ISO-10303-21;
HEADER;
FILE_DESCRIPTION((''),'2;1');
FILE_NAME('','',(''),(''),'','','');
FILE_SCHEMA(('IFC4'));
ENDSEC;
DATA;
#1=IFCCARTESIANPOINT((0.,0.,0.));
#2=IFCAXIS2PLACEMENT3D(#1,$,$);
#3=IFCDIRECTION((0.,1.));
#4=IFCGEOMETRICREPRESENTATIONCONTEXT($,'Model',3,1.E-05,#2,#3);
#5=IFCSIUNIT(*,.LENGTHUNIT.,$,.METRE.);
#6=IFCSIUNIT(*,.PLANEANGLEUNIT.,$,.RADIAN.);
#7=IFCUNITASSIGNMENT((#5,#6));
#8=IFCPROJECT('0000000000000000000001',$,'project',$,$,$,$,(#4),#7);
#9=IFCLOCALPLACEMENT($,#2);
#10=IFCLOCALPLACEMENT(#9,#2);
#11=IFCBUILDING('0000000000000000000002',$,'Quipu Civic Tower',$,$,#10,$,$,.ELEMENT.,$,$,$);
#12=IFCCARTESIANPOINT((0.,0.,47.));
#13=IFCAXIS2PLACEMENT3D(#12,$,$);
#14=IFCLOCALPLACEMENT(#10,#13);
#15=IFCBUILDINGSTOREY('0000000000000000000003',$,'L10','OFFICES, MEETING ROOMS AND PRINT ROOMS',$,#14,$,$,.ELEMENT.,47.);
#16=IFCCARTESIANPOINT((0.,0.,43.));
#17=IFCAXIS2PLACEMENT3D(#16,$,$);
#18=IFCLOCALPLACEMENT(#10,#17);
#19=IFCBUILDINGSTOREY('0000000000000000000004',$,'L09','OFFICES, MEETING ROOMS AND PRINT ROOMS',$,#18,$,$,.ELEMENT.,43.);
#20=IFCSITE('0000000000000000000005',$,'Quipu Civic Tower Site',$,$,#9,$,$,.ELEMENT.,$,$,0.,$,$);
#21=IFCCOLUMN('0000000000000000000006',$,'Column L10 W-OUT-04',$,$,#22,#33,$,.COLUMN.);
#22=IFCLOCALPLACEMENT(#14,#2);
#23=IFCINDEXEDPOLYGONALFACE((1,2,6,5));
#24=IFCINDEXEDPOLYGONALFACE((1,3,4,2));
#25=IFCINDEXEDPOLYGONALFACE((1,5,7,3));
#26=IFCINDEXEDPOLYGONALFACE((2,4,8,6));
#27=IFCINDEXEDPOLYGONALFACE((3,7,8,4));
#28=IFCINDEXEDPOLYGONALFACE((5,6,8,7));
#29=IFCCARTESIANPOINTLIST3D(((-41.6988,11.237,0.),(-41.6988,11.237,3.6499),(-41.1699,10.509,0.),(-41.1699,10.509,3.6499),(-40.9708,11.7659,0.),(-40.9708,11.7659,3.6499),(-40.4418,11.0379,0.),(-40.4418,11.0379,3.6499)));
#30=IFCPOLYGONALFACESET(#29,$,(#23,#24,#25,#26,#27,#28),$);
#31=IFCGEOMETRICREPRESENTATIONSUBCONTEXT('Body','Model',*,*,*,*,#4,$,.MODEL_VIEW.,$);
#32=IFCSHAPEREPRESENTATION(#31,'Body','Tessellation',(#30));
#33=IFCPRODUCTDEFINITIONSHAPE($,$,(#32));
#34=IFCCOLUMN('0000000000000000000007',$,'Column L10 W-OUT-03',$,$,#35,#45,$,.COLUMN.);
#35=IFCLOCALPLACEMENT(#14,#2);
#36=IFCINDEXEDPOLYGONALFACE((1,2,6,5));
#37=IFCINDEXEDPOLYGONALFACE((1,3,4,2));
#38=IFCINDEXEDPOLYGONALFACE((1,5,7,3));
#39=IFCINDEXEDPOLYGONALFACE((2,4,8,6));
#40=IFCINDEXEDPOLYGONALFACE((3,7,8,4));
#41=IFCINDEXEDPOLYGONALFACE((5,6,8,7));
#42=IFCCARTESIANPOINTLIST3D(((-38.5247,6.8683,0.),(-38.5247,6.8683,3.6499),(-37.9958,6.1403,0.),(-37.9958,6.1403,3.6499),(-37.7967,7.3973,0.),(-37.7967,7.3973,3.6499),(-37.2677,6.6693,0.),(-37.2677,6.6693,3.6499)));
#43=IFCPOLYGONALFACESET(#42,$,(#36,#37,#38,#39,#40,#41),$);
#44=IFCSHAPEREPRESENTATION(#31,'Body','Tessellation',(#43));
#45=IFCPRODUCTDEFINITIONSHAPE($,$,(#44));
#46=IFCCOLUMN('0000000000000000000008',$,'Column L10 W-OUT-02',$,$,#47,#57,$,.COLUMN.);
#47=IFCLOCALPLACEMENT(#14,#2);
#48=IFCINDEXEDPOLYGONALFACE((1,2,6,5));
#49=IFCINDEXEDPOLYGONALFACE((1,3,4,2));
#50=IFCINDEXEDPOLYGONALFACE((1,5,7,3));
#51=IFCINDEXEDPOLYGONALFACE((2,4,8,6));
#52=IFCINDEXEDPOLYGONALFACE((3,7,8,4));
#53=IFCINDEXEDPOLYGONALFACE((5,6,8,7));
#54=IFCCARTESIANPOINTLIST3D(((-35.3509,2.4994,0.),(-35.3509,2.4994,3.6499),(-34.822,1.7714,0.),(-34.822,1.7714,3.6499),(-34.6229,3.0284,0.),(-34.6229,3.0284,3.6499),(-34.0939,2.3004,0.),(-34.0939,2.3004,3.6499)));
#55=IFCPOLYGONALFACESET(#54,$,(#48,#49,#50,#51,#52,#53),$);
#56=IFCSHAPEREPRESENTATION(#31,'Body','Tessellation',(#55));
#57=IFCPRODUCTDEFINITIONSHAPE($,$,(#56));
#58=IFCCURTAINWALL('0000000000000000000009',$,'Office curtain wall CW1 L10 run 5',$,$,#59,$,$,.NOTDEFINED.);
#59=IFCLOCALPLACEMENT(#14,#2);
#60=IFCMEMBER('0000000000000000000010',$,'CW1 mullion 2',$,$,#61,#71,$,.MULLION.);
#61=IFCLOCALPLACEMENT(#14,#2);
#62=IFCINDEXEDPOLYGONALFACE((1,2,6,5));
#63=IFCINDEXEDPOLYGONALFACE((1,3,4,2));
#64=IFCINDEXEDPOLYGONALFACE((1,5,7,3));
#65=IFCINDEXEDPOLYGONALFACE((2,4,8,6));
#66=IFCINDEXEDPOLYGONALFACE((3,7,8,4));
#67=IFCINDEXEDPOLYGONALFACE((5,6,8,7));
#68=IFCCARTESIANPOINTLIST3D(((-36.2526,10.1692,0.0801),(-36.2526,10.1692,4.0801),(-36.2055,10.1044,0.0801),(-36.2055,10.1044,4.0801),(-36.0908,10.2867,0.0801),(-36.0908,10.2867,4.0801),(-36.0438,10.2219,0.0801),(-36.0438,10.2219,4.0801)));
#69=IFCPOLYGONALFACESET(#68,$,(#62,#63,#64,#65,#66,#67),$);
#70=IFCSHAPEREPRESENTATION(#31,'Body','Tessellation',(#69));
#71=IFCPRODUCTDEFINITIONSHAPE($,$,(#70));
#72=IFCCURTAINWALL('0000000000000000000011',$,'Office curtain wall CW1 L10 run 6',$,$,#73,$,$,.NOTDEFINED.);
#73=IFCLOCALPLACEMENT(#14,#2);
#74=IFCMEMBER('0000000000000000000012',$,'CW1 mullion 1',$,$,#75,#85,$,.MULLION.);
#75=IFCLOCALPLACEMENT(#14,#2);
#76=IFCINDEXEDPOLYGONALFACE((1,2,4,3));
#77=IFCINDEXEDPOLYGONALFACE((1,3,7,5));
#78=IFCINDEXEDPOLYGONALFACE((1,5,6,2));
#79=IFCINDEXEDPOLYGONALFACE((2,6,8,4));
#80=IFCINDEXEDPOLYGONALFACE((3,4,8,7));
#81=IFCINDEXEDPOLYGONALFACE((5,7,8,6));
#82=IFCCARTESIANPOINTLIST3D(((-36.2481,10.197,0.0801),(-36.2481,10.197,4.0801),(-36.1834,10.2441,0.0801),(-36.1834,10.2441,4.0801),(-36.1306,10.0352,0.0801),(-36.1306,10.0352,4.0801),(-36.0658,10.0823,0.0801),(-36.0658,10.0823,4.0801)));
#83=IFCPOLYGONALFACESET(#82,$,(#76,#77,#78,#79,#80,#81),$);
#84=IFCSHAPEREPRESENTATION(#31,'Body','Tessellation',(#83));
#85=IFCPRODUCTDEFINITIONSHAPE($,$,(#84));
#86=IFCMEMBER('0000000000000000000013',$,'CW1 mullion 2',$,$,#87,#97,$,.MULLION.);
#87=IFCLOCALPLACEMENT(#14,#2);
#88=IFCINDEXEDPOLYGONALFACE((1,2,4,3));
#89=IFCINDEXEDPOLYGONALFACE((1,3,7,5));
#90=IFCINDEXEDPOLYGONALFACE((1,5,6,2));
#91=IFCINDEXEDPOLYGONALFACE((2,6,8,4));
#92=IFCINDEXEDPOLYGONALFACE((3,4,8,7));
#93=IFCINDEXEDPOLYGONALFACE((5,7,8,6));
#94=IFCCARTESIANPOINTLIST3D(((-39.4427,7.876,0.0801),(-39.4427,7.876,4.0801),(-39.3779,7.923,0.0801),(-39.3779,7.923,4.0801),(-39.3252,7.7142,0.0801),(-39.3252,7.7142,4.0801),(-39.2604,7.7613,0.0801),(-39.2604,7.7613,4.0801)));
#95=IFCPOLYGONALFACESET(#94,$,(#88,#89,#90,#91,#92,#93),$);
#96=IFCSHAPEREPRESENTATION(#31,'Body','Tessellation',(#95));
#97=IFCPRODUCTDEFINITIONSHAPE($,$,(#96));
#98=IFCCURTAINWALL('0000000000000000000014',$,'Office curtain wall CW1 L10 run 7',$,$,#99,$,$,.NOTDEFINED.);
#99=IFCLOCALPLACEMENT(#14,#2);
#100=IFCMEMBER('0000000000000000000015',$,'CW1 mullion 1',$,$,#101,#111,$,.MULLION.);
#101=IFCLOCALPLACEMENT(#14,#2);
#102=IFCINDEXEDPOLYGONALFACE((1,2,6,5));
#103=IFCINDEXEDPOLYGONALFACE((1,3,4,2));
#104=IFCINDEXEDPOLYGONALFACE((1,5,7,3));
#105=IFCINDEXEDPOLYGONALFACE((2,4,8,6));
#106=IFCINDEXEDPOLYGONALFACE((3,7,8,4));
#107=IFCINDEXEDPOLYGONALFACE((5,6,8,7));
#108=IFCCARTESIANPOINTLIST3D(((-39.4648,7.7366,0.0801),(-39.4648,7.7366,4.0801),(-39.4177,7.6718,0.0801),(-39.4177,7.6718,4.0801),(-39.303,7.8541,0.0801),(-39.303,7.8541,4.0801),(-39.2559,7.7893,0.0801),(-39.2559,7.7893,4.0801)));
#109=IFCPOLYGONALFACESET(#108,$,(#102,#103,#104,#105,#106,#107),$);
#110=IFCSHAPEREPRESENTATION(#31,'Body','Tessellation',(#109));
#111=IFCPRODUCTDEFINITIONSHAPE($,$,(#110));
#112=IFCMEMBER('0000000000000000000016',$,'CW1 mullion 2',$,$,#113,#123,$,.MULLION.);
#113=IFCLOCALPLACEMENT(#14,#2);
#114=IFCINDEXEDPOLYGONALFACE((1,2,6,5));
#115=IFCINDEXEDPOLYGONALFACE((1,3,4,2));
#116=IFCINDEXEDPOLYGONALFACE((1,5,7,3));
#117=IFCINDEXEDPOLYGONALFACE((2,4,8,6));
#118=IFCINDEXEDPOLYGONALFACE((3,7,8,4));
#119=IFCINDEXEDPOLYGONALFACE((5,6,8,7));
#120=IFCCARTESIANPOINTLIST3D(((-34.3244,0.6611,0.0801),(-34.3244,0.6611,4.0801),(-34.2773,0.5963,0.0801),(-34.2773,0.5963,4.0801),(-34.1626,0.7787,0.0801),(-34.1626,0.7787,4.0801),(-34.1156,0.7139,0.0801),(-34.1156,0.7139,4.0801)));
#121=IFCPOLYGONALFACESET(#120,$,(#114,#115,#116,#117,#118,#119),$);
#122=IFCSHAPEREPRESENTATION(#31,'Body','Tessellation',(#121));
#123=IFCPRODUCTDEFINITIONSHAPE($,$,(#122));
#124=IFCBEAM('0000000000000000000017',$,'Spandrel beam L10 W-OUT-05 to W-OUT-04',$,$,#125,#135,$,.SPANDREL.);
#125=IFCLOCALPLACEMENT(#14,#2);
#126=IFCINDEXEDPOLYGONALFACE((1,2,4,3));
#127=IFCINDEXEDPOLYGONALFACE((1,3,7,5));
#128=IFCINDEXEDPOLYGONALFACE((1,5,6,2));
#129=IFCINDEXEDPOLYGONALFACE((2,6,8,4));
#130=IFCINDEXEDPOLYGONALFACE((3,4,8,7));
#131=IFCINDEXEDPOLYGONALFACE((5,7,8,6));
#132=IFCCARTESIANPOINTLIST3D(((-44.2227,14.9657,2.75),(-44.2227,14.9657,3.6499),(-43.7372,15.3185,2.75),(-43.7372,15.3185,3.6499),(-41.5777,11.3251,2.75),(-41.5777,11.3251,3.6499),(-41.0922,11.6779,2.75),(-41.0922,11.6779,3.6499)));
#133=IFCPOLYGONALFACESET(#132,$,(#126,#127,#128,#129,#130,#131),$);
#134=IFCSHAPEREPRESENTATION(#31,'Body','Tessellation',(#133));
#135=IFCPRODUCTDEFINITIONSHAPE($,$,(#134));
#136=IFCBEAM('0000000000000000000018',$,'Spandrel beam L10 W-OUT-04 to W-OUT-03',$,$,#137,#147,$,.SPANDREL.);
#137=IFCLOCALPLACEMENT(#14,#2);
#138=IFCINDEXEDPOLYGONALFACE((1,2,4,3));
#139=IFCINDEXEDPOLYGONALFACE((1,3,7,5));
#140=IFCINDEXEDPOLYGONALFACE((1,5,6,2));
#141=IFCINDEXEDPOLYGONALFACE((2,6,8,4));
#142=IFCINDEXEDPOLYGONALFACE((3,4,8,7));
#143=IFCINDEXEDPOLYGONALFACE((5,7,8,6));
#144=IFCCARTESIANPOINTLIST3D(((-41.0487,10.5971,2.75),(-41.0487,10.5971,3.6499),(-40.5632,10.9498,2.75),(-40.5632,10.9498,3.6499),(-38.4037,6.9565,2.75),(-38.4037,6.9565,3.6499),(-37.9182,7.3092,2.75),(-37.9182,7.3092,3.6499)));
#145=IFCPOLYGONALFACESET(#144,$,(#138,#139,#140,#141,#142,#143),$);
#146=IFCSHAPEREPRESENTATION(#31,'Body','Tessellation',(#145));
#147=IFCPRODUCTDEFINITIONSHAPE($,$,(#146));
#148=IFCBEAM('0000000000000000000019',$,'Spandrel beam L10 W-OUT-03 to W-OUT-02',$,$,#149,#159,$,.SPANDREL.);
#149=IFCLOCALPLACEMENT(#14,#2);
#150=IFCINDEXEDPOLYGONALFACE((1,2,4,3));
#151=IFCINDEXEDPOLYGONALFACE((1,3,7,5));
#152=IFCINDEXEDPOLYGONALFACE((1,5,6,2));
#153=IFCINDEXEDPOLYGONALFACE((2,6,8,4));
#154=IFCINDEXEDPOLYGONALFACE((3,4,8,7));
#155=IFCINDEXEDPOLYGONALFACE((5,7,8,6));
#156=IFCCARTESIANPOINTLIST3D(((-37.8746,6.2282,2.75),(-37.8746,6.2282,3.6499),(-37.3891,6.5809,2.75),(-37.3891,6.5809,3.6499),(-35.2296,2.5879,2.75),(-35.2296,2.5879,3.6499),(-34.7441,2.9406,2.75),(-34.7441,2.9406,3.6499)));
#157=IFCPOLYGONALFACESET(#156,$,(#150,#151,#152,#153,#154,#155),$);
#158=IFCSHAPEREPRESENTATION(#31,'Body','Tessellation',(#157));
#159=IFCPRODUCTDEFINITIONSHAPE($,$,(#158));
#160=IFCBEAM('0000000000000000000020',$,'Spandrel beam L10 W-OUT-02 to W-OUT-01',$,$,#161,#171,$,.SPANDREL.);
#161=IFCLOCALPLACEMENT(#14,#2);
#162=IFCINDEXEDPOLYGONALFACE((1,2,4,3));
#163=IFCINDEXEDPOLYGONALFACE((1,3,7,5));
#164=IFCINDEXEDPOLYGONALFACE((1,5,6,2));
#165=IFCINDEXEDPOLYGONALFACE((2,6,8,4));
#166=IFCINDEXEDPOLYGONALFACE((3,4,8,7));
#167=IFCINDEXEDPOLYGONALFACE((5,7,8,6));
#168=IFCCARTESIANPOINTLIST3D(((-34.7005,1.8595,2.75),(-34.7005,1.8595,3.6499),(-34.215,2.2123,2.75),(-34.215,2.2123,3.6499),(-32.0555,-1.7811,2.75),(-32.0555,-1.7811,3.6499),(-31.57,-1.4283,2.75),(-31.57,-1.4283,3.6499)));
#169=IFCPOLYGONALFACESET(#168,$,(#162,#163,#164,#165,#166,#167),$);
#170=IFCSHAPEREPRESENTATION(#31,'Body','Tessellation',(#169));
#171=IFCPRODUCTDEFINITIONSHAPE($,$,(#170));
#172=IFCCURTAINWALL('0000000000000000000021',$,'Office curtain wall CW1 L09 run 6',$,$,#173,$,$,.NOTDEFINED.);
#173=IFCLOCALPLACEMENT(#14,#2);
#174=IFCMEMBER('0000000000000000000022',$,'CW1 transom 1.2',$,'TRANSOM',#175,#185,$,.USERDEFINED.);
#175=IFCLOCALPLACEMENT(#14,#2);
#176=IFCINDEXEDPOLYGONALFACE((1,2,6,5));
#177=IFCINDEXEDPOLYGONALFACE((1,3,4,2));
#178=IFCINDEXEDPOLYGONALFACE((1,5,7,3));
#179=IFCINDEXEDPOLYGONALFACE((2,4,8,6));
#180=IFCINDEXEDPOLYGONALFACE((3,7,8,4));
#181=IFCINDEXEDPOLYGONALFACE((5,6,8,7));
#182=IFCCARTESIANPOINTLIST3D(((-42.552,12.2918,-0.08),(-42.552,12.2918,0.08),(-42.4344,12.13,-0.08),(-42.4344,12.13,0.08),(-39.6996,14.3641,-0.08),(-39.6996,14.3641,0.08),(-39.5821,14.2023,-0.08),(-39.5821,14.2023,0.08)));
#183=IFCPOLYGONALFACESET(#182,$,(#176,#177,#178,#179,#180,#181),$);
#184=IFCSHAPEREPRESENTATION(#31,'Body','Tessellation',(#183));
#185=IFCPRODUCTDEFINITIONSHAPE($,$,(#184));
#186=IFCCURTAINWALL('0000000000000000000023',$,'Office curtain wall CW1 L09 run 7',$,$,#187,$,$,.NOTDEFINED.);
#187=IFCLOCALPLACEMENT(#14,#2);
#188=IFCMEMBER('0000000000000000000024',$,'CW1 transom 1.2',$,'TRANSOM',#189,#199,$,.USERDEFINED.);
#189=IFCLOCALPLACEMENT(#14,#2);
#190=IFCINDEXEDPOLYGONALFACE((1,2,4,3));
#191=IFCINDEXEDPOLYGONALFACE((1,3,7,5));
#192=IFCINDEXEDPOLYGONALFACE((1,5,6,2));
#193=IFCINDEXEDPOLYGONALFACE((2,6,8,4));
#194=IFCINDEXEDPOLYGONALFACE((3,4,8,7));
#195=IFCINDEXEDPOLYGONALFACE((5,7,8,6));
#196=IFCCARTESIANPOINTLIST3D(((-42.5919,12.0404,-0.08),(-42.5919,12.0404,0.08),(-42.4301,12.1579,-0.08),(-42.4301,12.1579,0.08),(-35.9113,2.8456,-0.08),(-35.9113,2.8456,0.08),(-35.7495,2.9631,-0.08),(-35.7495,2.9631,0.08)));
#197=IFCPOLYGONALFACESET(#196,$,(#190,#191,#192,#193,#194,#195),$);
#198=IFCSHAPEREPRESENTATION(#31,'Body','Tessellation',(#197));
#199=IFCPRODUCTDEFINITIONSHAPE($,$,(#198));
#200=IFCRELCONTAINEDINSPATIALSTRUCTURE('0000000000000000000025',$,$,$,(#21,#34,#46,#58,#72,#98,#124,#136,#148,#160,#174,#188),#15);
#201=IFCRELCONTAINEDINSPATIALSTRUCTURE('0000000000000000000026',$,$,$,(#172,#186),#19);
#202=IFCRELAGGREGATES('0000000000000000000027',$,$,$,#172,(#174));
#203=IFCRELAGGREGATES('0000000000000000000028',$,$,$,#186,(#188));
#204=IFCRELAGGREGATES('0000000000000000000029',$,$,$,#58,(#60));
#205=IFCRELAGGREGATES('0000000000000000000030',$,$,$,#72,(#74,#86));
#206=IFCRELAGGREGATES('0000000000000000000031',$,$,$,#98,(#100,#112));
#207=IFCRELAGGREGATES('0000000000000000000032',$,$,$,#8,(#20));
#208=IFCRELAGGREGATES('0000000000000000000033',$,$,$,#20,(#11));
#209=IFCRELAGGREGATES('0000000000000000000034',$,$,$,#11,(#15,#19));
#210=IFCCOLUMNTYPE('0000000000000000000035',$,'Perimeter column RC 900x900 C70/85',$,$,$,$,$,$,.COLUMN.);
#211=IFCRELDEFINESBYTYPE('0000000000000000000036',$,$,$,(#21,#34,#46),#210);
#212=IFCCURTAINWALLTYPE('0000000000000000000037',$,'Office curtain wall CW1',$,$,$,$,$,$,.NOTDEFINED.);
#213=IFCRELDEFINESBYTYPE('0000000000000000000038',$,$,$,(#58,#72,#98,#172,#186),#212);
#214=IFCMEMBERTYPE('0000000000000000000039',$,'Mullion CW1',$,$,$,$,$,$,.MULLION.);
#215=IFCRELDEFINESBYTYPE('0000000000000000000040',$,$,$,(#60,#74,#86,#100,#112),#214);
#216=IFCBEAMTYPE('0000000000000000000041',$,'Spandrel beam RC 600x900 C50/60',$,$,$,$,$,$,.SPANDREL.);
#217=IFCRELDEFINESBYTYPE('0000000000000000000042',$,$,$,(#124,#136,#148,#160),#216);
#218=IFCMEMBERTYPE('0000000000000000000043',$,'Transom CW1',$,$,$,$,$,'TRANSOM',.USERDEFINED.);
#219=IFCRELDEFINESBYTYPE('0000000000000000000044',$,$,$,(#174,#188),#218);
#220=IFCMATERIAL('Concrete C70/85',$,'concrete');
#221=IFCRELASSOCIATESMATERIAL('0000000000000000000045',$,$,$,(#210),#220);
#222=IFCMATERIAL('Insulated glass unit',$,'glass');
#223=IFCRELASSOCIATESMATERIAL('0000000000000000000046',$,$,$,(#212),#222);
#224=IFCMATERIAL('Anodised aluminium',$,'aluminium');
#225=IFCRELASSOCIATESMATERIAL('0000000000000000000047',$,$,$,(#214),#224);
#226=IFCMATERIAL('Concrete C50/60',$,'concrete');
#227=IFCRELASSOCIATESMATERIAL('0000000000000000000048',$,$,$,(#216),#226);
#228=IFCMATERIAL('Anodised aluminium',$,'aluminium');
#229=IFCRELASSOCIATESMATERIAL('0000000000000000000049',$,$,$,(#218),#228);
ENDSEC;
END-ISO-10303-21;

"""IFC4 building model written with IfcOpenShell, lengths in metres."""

from ifc_helpers import new_model, si_unit, direction, frame, origin, origin_2d, place, context, subcontext, project, spatial, rectangle, extrude, material, material_profile, profile_set, type_object, element, aggregate, save


model = new_model("IFC4")

# Units and contexts
model_context = context("Model", 3, precision=1e-05, world=origin(), true_north=direction((0.0, 1.0)))
body_context = subcontext(model_context, "Body", "Model", "MODEL_VIEW")
ifc_project = project(units=[si_unit("LENGTHUNIT", "METRE"), si_unit("PLANEANGLEUNIT", "RADIAN")], contexts=[model_context])

# Site, building, storey
site_placement = place(None, origin())
site = spatial("IfcSite", under=ifc_project, at=site_placement, Name="Quipu Civic Tower Site", CompositionType="ELEMENT", RefElevation=0.0)
building_placement = place(site_placement, origin())
building = spatial("IfcBuilding", under=site, at=building_placement, Name="Quipu Civic Tower", CompositionType="ELEMENT")
storey_1_placement = place(building_placement, frame((0.0, 0.0, 47.0)))
storey_1 = spatial("IfcBuildingStorey", under=building, at=storey_1_placement, Name="L10", Description="OFFICES, MEETING ROOMS AND PRINT ROOMS", CompositionType="ELEMENT", Elevation=47.0)

# Columns
ifc_material_1 = material(Name="Concrete C70/85", Category="concrete")
ifc_material_profile_1 = material_profile(ifc_material_1, rectangle(XDim=0.8999, YDim=0.8999, at=origin_2d()), Name="RC900x900")
ifc_profile_set_1 = profile_set([ifc_material_profile_1], Name="Concrete C70/85")
column_type = type_object("IfcColumnType", Name="Perimeter column RC 900x900 C70/85", PredefinedType="COLUMN", material=ifc_profile_set_1)
for number, where, z_axis, x_axis, name in (
    (1, (-41.0703, 11.1375, 0.0), (0.0, 0.0, 1.0), (0.587785, -0.809017, 0.0), "Column L10 W-OUT-04"),
    (2, (-37.8962, 6.7688, 0.0), (0.0, 0.0, 1.0), (0.587785, -0.809017, 0.0), "Column L10 W-OUT-03"),
    (3, (-34.7224, 2.3999, 0.0), (0.0, 0.0, 1.0), (0.587785, -0.809017, 0.0), "Column L10 W-OUT-02"),
):
    element("IfcColumn", number, at=place(storey_1_placement, frame(where, z_axis=z_axis, x_axis=x_axis)), inside=storey_1, type_object=column_type, Name=name, PredefinedType="COLUMN", context=body_context, shape_type="SweptSolid", body=[
        extrude(rectangle(XDim=0.8999, YDim=0.8999, at=origin_2d()), origin(), (0.0, 0.0, 1.0), 3.6499),
    ])

# Curtain wall, member
ifc_material_2 = material(Name="Insulated glass unit", Category="glass")
curtain_wall_type = type_object("IfcCurtainWallType", Name="Office curtain wall CW1", PredefinedType="NOTDEFINED", material=ifc_material_2)
curtain_wall_1_placement = place(storey_1_placement, origin())
curtain_wall_1 = element("IfcCurtainWall", 4, at=curtain_wall_1_placement, inside=storey_1, type_object=curtain_wall_type, Name="Office curtain wall CW1 L10 run 5", PredefinedType="NOTDEFINED")
ifc_material_3 = material(Name="Anodised aluminium", Category="aluminium")
ifc_material_profile_2 = material_profile(ifc_material_3, rectangle(XDim=0.2, YDim=0.0801, at=origin_2d()), Name="RECT 200x80")
ifc_profile_set_2 = profile_set([ifc_material_profile_2], Name="Anodised aluminium")
member_type_1 = type_object("IfcMemberType", Name="Mullion CW1", PredefinedType="MULLION", material=ifc_profile_set_2)
member_1_placement = place(storey_1_placement, frame((-36.1482, 10.1956, 0.0801), z_axis=(0.0, 0.0, 1.0), x_axis=(0.809019, 0.587783, 0.0)))
member_1 = element("IfcMember", 5, at=member_1_placement, type_object=member_type_1, Name="CW1 mullion 2", PredefinedType="MULLION", context=body_context, shape_type="SweptSolid", body=[
    extrude(rectangle(XDim=0.2, YDim=0.0801, at=origin_2d()), origin(), (0.0, 0.0, 1.0), 4.0),
])

# Curtain walls, members
curtain_wall_2_placement = place(storey_1_placement, origin())
curtain_wall_2 = element("IfcCurtainWall", 6, at=curtain_wall_2_placement, inside=storey_1, type_object=curtain_wall_type, Name="Office curtain wall CW1 L10 run 6", PredefinedType="NOTDEFINED")
member_2_placement = place(storey_1_placement, frame((-36.157, 10.1396, 0.0801), z_axis=(0.0, 0.0, 1.0), x_axis=(0.587778, -0.809023, 0.0)))
member_2 = element("IfcMember", 7, at=member_2_placement, type_object=member_type_1, Name="CW1 mullion 1", PredefinedType="MULLION", context=body_context, shape_type="SweptSolid", body=[
    extrude(rectangle(XDim=0.2, YDim=0.0801, at=origin_2d()), origin(), (0.0, 0.0, 1.0), 4.0),
])
member_3_placement = place(storey_1_placement, frame((-39.3516, 7.8186, 0.0801), z_axis=(0.0, 0.0, 1.0), x_axis=(0.587778, -0.809023, 0.0)))
member_3 = element("IfcMember", 8, at=member_3_placement, type_object=member_type_1, Name="CW1 mullion 2", PredefinedType="MULLION", context=body_context, shape_type="SweptSolid", body=[
    extrude(rectangle(XDim=0.2, YDim=0.0801, at=origin_2d()), origin(), (0.0, 0.0, 1.0), 4.0),
])
curtain_wall_3_placement = place(storey_1_placement, origin())
curtain_wall_3 = element("IfcCurtainWall", 9, at=curtain_wall_3_placement, inside=storey_1, type_object=curtain_wall_type, Name="Office curtain wall CW1 L10 run 7", PredefinedType="NOTDEFINED")
member_4_placement = place(storey_1_placement, frame((-39.3604, 7.7629, 0.0801), z_axis=(0.0, 0.0, 1.0), x_axis=(0.809018, 0.587785, 0.0)))
member_4 = element("IfcMember", 10, at=member_4_placement, type_object=member_type_1, Name="CW1 mullion 1", PredefinedType="MULLION", context=body_context, shape_type="SweptSolid", body=[
    extrude(rectangle(XDim=0.2, YDim=0.0801, at=origin_2d()), origin(), (0.0, 0.0, 1.0), 4.0),
])
member_5_placement = place(storey_1_placement, frame((-34.22, 0.6875, 0.0801), z_axis=(0.0, 0.0, 1.0), x_axis=(0.809018, 0.587785, 0.0)))
member_5 = element("IfcMember", 11, at=member_5_placement, type_object=member_type_1, Name="CW1 mullion 2", PredefinedType="MULLION", context=body_context, shape_type="SweptSolid", body=[
    extrude(rectangle(XDim=0.2, YDim=0.0801, at=origin_2d()), origin(), (0.0, 0.0, 1.0), 4.0),
])

# Beams
ifc_material_4 = material(Name="Concrete C50/60", Category="concrete")
ifc_material_profile_3 = material_profile(ifc_material_4, rectangle(XDim=0.6001, YDim=0.8999, at=origin_2d()), Name="RC600x900")
ifc_profile_set_3 = profile_set([ifc_material_profile_3], Name="Concrete C50/60")
beam_type = type_object("IfcBeamType", Name="Spandrel beam RC 600x900 C50/60", PredefinedType="SPANDREL", material=ifc_profile_set_3)
for number, where, z_axis, x_axis, name in (
    (12, (-43.98, 15.1421, 3.2), (0.587778, -0.809022, 0.0), (0.809022, 0.587778, 0.0), "Spandrel beam L10 W-OUT-05 to W-OUT-04"),
    (13, (-40.8059, 10.7734, 3.2), (0.587778, -0.809022, 0.0), (0.809022, 0.587778, 0.0), "Spandrel beam L10 W-OUT-04 to W-OUT-03"),
):
    element("IfcBeam", number, at=place(storey_1_placement, frame(where, z_axis=z_axis, x_axis=x_axis)), inside=storey_1, type_object=beam_type, Name=name, PredefinedType="SPANDREL", context=body_context, shape_type="SweptSolid", body=[
        extrude(rectangle(XDim=0.6001, YDim=0.8999, at=origin_2d()), origin(), (0.0, 0.0, 1.0), 4.5),
    ])
beam_1_placement = place(storey_1_placement, frame((-37.6318, 6.4045, 3.2), z_axis=(0.587804, -0.809003, 0.0), x_axis=(0.809003, 0.587804, 0.0)))
element("IfcBeam", 14, at=beam_1_placement, inside=storey_1, type_object=beam_type, Name="Spandrel beam L10 W-OUT-03 to W-OUT-02", PredefinedType="SPANDREL", context=body_context, shape_type="SweptSolid", body=[
    extrude(rectangle(XDim=0.6001, YDim=0.8999, at=origin_2d()), origin(), (0.0, 0.0, 1.0), 4.4998),
])
beam_2_placement = place(storey_1_placement, frame((-34.4578, 2.0359, 3.2), z_axis=(0.587778, -0.809022, 0.0), x_axis=(0.809022, 0.587778, 0.0)))
element("IfcBeam", 15, at=beam_2_placement, inside=storey_1, type_object=beam_type, Name="Spandrel beam L10 W-OUT-02 to W-OUT-01", PredefinedType="SPANDREL", context=body_context, shape_type="SweptSolid", body=[
    extrude(rectangle(XDim=0.6001, YDim=0.8999, at=origin_2d()), origin(), (0.0, 0.0, 1.0), 4.5),
])

# Shared definitions
storey_2_placement = place(building_placement, frame((0.0, 0.0, 43.0)))
storey_2 = spatial("IfcBuildingStorey", under=building, at=storey_2_placement, Name="L09", Description="OFFICES, MEETING ROOMS AND PRINT ROOMS", CompositionType="ELEMENT", Elevation=43.0)

# Curtain wall, member
curtain_wall_4_placement = place(storey_2_placement, origin())
curtain_wall_4 = element("IfcCurtainWall", 16, at=curtain_wall_4_placement, inside=storey_2, type_object=curtain_wall_type, Name="Office curtain wall CW1 L09 run 6", PredefinedType="NOTDEFINED")
ifc_material_5 = material(Name="Anodised aluminium", Category="aluminium")
ifc_material_profile_4 = material_profile(ifc_material_5, rectangle(XDim=0.2, YDim=0.1599, at=origin_2d()), Name="RECT 200x160")
ifc_profile_set_4 = profile_set([ifc_material_profile_4], Name="Anodised aluminium")
member_type_2 = type_object("IfcMemberType", Name="Transom CW1", ElementType="TRANSOM", PredefinedType="USERDEFINED", material=ifc_profile_set_4)
member_6_placement = place(storey_1_placement, frame((-39.6409, 14.2832, 0.0), z_axis=(-0.809023, -0.587776, 0.0), x_axis=(0.587776, -0.809023, 0.0)))
member_6 = element("IfcMember", 17, at=member_6_placement, inside=storey_1, type_object=member_type_2, Name="CW1 transom 1.2", ObjectType="TRANSOM", PredefinedType="USERDEFINED", context=body_context, shape_type="SweptSolid", body=[
    extrude(rectangle(XDim=0.2, YDim=0.1599, at=origin_2d()), origin(), (0.0, 0.0, 1.0), 3.5256),
])
aggregate(curtain_wall_4, [member_6])

# Curtain wall, member
curtain_wall_5_placement = place(storey_2_placement, origin())
curtain_wall_5 = element("IfcCurtainWall", 18, at=curtain_wall_5_placement, inside=storey_2, type_object=curtain_wall_type, Name="Office curtain wall CW1 L09 run 7", PredefinedType="NOTDEFINED")
member_7_placement = place(storey_1_placement, frame((-42.511, 12.0991, 0.0), z_axis=(0.587799, -0.809007, 0.0), x_axis=(0.809007, 0.587799, 0.0)))
member_7 = element("IfcMember", 19, at=member_7_placement, inside=storey_1, type_object=member_type_2, Name="CW1 transom 1.2", ObjectType="TRANSOM", PredefinedType="USERDEFINED", context=body_context, shape_type="SweptSolid", body=[
    extrude(rectangle(XDim=0.2, YDim=0.1599, at=origin_2d()), origin(), (0.0, 0.0, 1.0), 11.3655),
])
aggregate(curtain_wall_5, [member_7])

aggregate(curtain_wall_1, [member_1])
aggregate(curtain_wall_2, [member_2, member_3])
aggregate(curtain_wall_3, [member_4, member_5])

save(model, "model.ifc")
